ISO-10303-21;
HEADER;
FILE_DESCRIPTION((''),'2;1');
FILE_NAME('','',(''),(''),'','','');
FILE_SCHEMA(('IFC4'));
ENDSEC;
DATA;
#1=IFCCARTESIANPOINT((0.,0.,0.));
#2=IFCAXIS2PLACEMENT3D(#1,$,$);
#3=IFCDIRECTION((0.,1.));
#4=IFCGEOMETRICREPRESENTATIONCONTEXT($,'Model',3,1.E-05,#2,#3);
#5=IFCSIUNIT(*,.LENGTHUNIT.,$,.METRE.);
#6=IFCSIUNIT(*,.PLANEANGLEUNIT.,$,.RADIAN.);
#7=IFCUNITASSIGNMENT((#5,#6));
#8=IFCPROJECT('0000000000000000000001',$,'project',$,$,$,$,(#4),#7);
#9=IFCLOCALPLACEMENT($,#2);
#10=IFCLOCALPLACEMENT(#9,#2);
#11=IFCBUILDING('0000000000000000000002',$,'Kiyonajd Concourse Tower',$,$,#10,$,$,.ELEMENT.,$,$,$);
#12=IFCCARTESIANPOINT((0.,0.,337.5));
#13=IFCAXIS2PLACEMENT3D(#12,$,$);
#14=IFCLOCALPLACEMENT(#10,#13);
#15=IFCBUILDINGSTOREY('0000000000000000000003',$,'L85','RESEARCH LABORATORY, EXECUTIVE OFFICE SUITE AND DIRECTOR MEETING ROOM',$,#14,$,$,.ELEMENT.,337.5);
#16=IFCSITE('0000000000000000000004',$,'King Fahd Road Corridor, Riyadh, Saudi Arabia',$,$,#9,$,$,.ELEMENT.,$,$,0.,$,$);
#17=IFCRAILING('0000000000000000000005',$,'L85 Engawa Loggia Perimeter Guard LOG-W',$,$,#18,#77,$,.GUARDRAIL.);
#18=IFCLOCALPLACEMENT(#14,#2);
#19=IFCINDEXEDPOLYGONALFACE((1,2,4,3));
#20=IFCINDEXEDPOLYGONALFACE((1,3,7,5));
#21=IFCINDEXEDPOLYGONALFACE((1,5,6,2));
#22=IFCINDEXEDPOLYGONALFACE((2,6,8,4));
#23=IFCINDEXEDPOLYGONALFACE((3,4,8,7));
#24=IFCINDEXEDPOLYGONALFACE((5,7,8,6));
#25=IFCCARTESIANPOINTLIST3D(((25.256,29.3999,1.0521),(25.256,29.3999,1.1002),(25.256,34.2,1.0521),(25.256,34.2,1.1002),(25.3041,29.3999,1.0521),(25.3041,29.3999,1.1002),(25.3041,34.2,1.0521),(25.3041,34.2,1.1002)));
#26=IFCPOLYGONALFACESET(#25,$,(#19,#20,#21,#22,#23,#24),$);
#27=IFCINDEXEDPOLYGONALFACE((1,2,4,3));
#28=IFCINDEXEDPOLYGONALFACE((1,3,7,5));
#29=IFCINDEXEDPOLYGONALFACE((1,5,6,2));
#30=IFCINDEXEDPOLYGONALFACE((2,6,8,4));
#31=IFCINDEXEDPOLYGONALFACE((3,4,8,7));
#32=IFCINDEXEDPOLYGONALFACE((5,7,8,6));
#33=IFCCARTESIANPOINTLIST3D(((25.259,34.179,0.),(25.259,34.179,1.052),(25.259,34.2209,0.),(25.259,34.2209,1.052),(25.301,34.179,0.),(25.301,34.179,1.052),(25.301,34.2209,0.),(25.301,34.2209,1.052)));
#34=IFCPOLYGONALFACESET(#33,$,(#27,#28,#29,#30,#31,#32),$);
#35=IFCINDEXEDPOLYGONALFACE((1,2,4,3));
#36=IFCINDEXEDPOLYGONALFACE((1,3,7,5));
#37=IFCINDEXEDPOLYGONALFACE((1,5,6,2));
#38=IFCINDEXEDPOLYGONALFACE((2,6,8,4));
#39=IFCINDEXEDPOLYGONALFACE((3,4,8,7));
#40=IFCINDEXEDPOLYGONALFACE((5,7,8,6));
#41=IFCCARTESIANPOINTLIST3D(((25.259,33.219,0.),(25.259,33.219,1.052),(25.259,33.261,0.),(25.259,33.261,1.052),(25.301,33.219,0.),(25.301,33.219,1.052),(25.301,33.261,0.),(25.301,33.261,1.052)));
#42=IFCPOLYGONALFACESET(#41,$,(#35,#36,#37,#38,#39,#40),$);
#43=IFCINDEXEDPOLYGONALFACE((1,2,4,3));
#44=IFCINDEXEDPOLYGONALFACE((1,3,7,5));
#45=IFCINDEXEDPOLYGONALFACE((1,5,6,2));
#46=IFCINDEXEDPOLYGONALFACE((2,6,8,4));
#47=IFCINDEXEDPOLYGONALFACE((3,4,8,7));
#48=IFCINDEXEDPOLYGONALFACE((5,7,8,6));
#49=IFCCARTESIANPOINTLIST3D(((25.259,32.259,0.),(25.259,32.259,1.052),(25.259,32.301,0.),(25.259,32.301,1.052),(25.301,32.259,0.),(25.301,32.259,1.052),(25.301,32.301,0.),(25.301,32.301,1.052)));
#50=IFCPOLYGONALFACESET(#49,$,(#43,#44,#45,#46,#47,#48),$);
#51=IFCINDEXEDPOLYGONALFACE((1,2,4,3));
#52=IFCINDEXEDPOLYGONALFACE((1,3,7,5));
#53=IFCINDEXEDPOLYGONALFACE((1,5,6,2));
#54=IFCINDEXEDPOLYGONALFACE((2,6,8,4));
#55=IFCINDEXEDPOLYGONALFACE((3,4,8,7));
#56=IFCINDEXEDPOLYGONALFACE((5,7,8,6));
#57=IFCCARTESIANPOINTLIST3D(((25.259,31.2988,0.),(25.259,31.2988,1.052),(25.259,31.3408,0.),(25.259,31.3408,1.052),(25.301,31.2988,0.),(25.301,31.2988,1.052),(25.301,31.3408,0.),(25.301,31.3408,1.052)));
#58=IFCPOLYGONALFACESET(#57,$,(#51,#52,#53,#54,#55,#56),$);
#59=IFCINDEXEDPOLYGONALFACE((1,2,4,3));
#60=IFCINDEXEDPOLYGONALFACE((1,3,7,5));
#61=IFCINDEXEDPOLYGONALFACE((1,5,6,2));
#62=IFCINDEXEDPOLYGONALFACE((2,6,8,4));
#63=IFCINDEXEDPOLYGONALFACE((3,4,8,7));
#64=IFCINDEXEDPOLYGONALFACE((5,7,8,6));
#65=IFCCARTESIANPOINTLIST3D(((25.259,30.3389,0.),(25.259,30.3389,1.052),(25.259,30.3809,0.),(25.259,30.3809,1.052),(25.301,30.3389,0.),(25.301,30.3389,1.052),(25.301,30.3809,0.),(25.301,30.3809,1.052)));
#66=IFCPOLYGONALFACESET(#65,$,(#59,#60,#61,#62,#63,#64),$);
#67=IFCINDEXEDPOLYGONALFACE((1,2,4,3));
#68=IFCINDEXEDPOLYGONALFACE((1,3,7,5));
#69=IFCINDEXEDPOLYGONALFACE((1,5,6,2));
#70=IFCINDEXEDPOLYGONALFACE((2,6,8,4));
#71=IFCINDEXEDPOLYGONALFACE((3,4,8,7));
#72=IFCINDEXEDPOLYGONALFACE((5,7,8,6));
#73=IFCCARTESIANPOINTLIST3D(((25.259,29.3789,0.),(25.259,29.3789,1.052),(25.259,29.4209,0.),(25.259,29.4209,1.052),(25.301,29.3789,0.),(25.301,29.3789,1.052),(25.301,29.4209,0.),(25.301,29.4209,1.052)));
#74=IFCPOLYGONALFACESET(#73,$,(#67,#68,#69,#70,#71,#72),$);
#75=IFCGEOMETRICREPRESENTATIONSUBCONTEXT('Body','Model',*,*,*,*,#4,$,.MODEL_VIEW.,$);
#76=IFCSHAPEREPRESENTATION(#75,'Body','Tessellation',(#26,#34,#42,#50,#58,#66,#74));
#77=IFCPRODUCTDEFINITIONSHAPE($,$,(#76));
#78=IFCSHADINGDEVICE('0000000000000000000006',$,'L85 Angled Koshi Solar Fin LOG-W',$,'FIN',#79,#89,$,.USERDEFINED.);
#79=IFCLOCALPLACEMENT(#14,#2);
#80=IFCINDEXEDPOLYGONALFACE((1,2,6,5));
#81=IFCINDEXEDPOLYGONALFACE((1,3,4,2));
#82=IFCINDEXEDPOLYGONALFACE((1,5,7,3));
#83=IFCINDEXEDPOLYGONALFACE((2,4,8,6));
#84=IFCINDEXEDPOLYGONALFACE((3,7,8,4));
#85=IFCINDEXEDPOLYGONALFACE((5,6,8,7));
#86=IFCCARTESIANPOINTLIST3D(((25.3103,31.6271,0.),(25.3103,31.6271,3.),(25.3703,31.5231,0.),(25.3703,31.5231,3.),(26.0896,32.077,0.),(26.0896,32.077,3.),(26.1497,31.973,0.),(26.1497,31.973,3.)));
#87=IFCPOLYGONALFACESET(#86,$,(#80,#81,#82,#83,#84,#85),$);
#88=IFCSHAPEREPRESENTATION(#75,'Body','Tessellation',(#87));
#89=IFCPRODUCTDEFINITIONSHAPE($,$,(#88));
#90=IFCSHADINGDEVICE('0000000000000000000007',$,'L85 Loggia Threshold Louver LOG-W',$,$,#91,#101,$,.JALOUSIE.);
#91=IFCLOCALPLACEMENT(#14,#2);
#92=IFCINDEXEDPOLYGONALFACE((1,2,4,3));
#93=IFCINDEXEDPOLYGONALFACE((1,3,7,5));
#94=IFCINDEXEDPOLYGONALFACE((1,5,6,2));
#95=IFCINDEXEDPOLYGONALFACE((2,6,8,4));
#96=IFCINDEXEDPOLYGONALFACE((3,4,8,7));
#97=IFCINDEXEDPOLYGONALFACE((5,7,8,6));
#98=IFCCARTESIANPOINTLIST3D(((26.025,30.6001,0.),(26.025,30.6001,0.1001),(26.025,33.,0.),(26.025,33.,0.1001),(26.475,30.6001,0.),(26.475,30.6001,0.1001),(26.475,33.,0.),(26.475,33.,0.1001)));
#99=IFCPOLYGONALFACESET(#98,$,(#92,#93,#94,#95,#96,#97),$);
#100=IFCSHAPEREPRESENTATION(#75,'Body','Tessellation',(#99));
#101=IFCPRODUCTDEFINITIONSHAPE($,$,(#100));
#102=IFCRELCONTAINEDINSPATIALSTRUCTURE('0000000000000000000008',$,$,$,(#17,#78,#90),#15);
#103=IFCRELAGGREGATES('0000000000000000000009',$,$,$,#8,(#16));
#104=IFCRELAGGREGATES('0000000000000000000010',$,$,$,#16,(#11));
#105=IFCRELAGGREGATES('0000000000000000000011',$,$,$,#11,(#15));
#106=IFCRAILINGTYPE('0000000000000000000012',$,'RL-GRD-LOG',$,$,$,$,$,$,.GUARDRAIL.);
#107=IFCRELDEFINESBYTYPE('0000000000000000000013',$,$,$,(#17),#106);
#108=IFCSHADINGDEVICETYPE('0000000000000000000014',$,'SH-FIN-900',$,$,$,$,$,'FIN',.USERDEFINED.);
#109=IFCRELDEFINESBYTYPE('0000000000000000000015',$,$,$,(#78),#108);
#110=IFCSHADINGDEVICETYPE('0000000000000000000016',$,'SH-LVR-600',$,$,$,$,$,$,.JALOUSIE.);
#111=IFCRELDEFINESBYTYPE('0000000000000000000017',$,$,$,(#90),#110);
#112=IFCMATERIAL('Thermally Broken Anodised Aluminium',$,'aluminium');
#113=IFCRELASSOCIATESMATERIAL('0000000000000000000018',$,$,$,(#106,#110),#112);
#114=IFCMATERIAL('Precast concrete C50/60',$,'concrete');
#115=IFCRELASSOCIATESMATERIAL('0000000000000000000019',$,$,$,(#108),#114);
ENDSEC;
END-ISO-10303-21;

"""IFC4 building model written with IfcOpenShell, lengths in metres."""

from ifc_helpers import new_model, si_unit, direction, frame, origin, origin_2d, place, context, subcontext, project, spatial, rectangle, extrude, material, type_object, element, save


model = new_model("IFC4")

# Units and contexts
model_context = context("Model", 3, precision=1e-05, world=origin(), true_north=direction((0.0, 1.0)))
body_context = subcontext(model_context, "Body", "Model", "MODEL_VIEW")
ifc_project = project(units=[si_unit("LENGTHUNIT", "METRE"), si_unit("PLANEANGLEUNIT", "RADIAN")], contexts=[model_context])

# Site, building, storey
site_placement = place(None, origin())
site = spatial("IfcSite", under=ifc_project, at=site_placement, Name="King Fahd Road Corridor, Riyadh, Saudi Arabia", CompositionType="ELEMENT", RefElevation=0.0)
building_placement = place(site_placement, origin())
building = spatial("IfcBuilding", under=site, at=building_placement, Name="Kiyonajd Concourse Tower", CompositionType="ELEMENT")
storey_placement = place(building_placement, frame((0.0, 0.0, 337.5)))
storey = spatial("IfcBuildingStorey", under=building, at=storey_placement, Name="L85", Description="RESEARCH LABORATORY, EXECUTIVE OFFICE SUITE AND DIRECTOR MEETING ROOM", CompositionType="ELEMENT", Elevation=337.5)

# Shared definitions
ifc_material_1 = material(Name="Thermally Broken Anodised Aluminium", Category="aluminium")

# Shared definitions
ifc_material_2 = material(Name="Precast concrete C50/60", Category="concrete")

# Railing
railing_type = type_object("IfcRailingType", Name="RL-GRD-LOG", PredefinedType="GUARDRAIL", material=ifc_material_1)
railing_placement = place(storey_placement, frame((25.28, 34.2, 0.0)))
element("IfcRailing", 1, at=railing_placement, inside=storey, type_object=railing_type, Name="L85 Engawa Loggia Perimeter Guard LOG-W", PredefinedType="GUARDRAIL", context=body_context, shape_type="SweptSolid", body=[
    extrude(rectangle(XDim=0.0481, YDim=0.0481, at=origin_2d()), frame((0.0, 0.0, 1.0762), z_axis=(0.0, -1.0, 0.0), x_axis=(1.0, 0.0, 0.0)), (0.0, 0.0, 1.0), 4.8),
    extrude(rectangle(XDim=0.042, YDim=0.042, at=origin_2d()), origin(), (0.0, 0.0, 1.0), 1.052),
    extrude(rectangle(XDim=0.042, YDim=0.042, at=origin_2d()), frame((0.0, -0.96, 0.0)), (0.0, 0.0, 1.0), 1.052),
    extrude(rectangle(XDim=0.042, YDim=0.042, at=origin_2d()), frame((0.0, -1.9199, 0.0)), (0.0, 0.0, 1.0), 1.052),
    extrude(rectangle(XDim=0.042, YDim=0.042, at=origin_2d()), frame((0.0, -2.8801, 0.0)), (0.0, 0.0, 1.0), 1.052),
    extrude(rectangle(XDim=0.042, YDim=0.042, at=origin_2d()), frame((0.0, -3.8401, 0.0)), (0.0, 0.0, 1.0), 1.052),
    extrude(rectangle(XDim=0.042, YDim=0.042, at=origin_2d()), frame((0.0, -4.8, 0.0)), (0.0, 0.0, 1.0), 1.052),
])

# Shading devices
shading_device_type_1 = type_object("IfcShadingDeviceType", Name="SH-FIN-900", ElementType="FIN", PredefinedType="USERDEFINED", material=ifc_material_2)
shading_device_1_placement = place(storey_placement, frame((25.73, 31.8, 0.0), z_axis=(0.0, 0.0, 1.0), x_axis=(0.866025, 0.5, 0.0)))
element("IfcShadingDevice", 2, at=shading_device_1_placement, inside=storey, type_object=shading_device_type_1, Name="L85 Angled Koshi Solar Fin LOG-W", ObjectType="FIN", PredefinedType="USERDEFINED", context=body_context, shape_type="SweptSolid", body=[
    extrude(rectangle(XDim=0.8999, YDim=0.1201, at=origin_2d()), origin(), (0.0, 0.0, 1.0), 3.0),
])
shading_device_type_2 = type_object("IfcShadingDeviceType", Name="SH-LVR-600", PredefinedType="JALOUSIE", material=ifc_material_1)
shading_device_2_placement = place(storey_placement, frame((26.25, 31.8, 0.0), z_axis=(0.0, 0.0, 1.0), x_axis=(0.0, 1.0, 0.0)))
element("IfcShadingDevice", 3, at=shading_device_2_placement, inside=storey, type_object=shading_device_type_2, Name="L85 Loggia Threshold Louver LOG-W", PredefinedType="JALOUSIE", context=body_context, shape_type="SweptSolid", body=[
    extrude(rectangle(XDim=2.3999, YDim=0.45, at=origin_2d()), origin(), (0.0, 0.0, 1.0), 0.1001),
])

save(model, "model.ifc")
